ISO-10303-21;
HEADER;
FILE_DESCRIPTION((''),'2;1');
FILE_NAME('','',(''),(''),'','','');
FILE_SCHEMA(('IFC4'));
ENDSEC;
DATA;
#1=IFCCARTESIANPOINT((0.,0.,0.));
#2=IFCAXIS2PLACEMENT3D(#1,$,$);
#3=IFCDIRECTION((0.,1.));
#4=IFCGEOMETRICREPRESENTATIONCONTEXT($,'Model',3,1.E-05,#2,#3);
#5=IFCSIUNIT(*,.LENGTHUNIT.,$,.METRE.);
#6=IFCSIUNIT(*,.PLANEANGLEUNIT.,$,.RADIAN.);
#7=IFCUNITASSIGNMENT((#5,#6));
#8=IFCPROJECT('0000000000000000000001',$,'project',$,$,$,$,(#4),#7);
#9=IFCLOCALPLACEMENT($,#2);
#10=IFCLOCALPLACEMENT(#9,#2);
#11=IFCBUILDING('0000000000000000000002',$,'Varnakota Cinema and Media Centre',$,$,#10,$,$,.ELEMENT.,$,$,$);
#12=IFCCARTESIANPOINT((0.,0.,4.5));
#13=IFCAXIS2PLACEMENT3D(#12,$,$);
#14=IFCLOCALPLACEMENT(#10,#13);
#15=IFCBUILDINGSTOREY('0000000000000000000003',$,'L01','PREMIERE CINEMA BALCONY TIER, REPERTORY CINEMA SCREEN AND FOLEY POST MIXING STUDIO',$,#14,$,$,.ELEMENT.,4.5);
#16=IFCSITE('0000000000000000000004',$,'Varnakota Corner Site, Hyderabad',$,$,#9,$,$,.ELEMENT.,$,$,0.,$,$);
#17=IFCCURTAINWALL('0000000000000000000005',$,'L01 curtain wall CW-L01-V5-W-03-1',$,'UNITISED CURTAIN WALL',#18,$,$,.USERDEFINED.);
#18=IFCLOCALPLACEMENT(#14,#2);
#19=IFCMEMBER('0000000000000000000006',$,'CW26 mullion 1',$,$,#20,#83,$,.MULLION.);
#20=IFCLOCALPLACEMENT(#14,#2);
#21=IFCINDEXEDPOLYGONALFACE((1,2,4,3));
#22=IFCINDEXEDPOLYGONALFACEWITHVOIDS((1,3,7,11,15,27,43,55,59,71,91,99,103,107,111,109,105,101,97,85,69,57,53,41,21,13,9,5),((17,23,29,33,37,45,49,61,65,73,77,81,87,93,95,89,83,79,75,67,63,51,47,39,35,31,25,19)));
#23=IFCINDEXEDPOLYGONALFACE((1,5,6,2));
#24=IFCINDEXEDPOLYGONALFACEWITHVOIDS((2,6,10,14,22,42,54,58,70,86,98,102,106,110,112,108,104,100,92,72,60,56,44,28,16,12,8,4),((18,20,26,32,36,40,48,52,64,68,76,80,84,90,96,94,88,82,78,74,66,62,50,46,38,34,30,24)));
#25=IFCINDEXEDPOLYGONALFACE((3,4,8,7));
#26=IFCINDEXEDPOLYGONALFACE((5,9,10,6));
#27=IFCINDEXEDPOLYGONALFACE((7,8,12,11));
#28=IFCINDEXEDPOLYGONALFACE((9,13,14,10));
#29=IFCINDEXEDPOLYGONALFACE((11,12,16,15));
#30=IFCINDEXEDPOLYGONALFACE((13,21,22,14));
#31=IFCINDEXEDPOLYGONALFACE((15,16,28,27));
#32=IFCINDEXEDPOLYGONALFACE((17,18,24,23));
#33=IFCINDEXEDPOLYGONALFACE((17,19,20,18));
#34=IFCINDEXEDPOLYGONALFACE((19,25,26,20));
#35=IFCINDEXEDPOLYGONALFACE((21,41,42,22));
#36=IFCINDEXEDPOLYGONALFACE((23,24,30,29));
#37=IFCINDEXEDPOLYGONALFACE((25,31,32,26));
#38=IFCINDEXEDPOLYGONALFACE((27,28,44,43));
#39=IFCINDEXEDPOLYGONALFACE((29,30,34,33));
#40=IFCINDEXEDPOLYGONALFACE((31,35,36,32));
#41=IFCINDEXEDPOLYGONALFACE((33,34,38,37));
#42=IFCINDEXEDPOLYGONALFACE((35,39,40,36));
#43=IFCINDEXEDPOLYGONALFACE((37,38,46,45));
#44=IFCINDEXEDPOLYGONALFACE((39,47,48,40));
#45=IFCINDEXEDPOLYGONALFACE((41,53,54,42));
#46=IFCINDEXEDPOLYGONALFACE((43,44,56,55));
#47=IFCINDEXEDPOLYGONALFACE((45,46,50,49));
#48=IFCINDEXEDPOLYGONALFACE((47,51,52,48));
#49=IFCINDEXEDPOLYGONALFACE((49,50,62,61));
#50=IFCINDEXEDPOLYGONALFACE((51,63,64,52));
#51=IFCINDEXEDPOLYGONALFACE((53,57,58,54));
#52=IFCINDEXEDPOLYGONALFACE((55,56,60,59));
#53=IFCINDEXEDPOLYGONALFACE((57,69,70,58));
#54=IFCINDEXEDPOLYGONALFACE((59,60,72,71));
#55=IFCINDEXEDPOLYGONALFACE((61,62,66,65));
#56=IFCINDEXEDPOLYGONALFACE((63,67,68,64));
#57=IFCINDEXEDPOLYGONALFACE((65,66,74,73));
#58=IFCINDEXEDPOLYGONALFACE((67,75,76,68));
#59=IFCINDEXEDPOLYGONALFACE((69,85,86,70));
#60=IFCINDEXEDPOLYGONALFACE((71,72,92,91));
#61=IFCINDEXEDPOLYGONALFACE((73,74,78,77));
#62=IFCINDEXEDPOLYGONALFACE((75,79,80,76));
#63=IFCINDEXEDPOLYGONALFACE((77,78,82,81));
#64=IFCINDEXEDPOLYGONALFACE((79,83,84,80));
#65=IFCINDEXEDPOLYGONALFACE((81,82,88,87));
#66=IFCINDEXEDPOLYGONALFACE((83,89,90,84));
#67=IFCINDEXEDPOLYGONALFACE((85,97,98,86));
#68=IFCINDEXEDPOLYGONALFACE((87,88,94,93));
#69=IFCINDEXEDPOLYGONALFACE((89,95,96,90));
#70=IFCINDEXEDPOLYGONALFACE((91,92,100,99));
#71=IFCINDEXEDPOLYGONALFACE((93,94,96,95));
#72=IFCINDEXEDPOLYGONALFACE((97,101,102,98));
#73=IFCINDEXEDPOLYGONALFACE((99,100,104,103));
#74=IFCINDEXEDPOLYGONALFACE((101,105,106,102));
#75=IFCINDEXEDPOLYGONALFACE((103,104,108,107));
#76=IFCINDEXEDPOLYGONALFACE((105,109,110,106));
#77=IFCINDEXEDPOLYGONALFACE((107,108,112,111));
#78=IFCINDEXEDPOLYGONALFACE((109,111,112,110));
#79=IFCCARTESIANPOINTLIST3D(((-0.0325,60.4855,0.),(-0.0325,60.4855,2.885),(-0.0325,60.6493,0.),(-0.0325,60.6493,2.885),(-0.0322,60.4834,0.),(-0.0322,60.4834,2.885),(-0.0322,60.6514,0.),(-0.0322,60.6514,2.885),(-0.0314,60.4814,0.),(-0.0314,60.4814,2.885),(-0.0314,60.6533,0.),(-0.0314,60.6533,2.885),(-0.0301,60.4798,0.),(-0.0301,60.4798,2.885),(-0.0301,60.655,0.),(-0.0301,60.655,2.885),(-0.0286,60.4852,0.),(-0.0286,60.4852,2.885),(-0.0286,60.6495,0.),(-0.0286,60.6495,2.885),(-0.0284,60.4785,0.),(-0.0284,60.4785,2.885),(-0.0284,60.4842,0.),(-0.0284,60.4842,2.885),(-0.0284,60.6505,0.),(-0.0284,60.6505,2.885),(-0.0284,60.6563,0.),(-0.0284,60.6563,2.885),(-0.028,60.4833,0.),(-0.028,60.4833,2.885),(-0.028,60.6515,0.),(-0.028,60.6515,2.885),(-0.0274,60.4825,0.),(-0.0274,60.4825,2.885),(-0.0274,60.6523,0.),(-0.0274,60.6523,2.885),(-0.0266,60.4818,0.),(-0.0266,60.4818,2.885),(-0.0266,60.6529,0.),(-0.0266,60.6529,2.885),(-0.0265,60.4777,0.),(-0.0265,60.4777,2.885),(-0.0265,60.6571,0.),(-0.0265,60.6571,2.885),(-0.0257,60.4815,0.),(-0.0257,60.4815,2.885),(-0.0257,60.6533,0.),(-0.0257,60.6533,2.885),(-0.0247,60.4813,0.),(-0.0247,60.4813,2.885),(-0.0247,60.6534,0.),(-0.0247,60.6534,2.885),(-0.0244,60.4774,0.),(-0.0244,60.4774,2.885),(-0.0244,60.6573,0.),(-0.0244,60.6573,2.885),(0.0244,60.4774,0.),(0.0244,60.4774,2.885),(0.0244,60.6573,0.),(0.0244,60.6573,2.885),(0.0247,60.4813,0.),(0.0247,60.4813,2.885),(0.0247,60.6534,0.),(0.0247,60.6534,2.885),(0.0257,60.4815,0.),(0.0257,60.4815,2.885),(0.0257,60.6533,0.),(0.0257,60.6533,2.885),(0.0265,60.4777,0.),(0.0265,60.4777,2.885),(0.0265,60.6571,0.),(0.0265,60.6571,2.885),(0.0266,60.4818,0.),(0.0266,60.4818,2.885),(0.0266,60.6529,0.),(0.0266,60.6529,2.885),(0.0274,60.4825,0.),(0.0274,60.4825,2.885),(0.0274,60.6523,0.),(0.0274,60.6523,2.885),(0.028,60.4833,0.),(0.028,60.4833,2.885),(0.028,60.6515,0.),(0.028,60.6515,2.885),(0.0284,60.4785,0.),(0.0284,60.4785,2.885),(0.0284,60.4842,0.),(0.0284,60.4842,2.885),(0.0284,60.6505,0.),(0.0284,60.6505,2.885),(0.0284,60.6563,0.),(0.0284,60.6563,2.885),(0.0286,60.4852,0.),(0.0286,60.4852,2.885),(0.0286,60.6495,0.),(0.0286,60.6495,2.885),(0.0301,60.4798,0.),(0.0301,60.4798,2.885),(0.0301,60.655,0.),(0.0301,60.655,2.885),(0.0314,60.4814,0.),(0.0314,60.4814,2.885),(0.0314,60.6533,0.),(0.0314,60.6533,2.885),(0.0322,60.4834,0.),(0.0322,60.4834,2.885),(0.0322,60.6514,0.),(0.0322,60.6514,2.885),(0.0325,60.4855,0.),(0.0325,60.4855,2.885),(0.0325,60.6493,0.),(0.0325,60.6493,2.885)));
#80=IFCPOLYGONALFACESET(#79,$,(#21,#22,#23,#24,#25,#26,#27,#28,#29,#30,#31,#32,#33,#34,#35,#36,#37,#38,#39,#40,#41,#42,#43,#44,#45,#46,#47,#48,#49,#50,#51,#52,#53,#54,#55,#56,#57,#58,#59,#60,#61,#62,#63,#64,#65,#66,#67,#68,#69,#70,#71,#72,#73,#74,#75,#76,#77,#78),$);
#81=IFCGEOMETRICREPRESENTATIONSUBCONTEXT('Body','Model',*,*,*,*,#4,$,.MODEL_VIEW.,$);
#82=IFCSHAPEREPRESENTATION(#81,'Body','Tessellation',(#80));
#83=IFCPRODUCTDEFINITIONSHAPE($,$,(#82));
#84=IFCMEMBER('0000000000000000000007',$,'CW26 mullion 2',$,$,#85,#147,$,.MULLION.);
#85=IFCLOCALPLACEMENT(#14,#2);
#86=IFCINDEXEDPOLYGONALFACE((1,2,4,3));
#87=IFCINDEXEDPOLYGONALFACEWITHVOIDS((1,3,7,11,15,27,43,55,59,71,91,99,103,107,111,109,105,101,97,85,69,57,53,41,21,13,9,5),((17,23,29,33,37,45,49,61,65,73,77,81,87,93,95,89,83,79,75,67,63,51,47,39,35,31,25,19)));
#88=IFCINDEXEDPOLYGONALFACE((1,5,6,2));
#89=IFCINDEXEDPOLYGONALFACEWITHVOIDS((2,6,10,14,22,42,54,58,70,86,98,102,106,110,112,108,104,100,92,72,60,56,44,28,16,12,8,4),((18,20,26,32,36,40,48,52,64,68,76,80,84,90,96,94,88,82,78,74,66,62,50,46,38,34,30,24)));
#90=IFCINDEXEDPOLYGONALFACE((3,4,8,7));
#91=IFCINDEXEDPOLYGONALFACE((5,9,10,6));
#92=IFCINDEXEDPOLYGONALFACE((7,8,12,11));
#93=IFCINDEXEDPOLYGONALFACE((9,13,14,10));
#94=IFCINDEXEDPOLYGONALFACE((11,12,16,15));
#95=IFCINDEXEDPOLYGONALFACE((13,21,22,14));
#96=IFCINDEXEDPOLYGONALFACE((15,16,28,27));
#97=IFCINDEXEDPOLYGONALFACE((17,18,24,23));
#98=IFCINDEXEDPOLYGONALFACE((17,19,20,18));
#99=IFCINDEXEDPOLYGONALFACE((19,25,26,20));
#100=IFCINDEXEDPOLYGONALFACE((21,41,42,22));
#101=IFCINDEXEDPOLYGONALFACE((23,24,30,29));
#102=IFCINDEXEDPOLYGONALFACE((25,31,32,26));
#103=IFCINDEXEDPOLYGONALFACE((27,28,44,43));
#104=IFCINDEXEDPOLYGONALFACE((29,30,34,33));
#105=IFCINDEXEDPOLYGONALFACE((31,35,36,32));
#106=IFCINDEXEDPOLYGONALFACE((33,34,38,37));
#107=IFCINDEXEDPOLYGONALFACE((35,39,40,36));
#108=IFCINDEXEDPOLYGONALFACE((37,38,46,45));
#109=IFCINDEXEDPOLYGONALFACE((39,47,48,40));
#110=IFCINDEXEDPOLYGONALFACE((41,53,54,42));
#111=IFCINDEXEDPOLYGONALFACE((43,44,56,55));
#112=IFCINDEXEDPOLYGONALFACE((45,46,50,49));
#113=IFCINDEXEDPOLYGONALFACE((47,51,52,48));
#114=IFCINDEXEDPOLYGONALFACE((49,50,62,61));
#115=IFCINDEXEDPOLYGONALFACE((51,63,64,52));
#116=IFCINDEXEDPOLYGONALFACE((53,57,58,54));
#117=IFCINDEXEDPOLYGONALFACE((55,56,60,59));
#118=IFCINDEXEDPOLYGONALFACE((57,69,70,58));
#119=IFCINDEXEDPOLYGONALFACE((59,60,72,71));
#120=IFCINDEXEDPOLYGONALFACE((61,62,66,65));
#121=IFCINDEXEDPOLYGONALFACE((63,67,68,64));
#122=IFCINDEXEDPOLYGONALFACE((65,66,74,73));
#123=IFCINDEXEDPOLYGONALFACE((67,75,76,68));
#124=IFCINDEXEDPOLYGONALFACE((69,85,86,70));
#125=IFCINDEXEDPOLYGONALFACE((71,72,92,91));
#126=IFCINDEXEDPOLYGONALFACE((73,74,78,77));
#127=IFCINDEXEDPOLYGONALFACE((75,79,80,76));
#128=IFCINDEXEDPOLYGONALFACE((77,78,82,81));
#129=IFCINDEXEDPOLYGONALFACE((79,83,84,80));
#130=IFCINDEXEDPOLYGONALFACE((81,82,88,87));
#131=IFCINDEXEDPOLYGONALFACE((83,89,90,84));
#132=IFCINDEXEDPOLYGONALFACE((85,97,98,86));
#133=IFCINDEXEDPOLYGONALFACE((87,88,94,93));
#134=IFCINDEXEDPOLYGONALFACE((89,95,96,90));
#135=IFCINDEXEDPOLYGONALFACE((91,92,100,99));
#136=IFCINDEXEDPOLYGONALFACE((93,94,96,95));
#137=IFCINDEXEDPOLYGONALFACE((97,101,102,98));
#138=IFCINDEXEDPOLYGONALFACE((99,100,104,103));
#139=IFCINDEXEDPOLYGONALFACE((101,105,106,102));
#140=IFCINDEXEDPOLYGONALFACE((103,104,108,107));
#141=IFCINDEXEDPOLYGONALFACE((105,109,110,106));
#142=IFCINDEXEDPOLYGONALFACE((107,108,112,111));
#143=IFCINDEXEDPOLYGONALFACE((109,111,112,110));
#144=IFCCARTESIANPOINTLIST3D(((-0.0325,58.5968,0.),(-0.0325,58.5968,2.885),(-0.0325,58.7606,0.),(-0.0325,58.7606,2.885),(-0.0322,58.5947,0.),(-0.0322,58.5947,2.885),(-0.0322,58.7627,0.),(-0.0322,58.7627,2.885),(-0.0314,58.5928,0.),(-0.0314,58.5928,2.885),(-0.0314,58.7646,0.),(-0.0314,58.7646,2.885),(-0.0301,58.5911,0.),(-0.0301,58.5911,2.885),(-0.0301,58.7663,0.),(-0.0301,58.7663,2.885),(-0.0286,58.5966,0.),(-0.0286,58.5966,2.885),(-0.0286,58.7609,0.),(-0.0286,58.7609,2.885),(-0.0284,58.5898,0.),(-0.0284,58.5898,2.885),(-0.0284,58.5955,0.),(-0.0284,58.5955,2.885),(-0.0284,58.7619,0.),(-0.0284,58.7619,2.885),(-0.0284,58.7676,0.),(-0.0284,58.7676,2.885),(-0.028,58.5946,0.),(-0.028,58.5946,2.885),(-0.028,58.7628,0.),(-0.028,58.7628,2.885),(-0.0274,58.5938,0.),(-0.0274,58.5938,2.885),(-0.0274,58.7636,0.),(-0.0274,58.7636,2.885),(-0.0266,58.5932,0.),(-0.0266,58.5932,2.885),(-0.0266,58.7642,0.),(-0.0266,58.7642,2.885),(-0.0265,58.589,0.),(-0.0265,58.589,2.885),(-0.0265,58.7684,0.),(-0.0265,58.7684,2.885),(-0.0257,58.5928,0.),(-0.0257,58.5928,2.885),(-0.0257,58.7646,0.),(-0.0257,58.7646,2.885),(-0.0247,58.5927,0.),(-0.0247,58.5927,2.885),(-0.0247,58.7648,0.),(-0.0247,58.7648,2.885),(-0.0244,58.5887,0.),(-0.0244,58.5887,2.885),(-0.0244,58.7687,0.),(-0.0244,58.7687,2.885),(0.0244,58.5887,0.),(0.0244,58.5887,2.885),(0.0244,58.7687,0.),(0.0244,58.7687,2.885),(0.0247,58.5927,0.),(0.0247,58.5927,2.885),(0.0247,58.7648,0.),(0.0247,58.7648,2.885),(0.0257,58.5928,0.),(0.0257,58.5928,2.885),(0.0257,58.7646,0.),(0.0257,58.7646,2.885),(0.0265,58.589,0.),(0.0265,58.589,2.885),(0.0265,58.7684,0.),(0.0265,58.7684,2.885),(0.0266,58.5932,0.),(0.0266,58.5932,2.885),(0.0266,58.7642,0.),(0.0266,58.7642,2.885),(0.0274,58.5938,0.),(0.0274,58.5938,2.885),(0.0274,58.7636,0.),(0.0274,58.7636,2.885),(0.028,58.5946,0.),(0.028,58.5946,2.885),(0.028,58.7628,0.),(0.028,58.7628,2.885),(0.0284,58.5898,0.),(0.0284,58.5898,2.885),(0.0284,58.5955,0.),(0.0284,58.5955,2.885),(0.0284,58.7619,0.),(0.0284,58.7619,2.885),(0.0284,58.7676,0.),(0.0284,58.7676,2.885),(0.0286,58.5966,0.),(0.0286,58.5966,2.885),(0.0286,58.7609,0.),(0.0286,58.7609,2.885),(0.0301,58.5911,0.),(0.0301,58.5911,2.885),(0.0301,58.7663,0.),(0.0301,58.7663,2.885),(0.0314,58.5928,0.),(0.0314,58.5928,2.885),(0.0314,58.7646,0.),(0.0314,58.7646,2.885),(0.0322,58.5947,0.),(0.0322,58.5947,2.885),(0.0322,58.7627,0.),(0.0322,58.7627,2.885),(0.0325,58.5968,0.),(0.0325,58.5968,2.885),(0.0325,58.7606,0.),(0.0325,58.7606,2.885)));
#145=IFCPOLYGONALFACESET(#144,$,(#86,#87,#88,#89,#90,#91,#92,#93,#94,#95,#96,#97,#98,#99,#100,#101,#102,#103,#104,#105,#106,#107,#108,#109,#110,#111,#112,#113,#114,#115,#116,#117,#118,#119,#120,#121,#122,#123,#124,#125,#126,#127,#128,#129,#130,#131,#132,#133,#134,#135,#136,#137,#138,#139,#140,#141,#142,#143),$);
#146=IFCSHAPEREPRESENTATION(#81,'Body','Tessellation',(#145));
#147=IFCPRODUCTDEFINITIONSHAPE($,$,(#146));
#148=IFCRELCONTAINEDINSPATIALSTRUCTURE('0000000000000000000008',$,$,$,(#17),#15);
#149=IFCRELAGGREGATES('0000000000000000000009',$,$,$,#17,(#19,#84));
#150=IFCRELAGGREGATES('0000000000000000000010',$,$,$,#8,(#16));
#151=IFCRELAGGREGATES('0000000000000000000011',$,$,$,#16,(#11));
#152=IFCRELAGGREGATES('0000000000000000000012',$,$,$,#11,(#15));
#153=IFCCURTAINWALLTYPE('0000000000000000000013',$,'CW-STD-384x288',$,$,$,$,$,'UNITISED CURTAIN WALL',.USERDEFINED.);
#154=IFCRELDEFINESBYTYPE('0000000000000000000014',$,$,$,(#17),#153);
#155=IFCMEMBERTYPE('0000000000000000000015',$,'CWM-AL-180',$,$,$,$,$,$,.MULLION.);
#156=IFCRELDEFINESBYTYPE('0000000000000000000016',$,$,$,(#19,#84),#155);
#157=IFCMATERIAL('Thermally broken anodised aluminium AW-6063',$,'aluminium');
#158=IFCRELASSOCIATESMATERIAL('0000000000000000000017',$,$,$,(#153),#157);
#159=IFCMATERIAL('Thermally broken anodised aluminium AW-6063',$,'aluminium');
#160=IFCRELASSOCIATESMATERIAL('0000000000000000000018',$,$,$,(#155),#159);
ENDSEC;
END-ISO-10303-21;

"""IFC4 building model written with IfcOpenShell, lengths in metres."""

from ifc_helpers import new_model, si_unit, direction, frame, origin, origin_2d, place, context, subcontext, project, spatial, hollow_rectangle, extrude, material, material_profile, profile_set, type_object, element, aggregate, save


model = new_model("IFC4")

# Units and contexts
model_context = context("Model", 3, precision=1e-05, world=origin(), true_north=direction((0.0, 1.0)))
body_context = subcontext(model_context, "Body", "Model", "MODEL_VIEW")
ifc_project = project(units=[si_unit("LENGTHUNIT", "METRE"), si_unit("PLANEANGLEUNIT", "RADIAN")], contexts=[model_context])

# Site, building, storey
site_placement = place(None, origin())
site = spatial("IfcSite", under=ifc_project, at=site_placement, Name="Varnakota Corner Site, Hyderabad", CompositionType="ELEMENT", RefElevation=0.0)
building_placement = place(site_placement, origin())
building = spatial("IfcBuilding", under=site, at=building_placement, Name="Varnakota Cinema and Media Centre", CompositionType="ELEMENT")
storey_placement = place(building_placement, frame((0.0, 0.0, 4.5)))
storey = spatial("IfcBuildingStorey", under=building, at=storey_placement, Name="L01", Description="PREMIERE CINEMA BALCONY TIER, REPERTORY CINEMA SCREEN AND FOLEY POST MIXING STUDIO", CompositionType="ELEMENT", Elevation=4.5)

# Curtain wall, members
ifc_material_1 = material(Name="Thermally broken anodised aluminium AW-6063", Category="aluminium")
curtain_wall_type = type_object("IfcCurtainWallType", Name="CW-STD-384x288", ElementType="UNITISED CURTAIN WALL", PredefinedType="USERDEFINED", material=ifc_material_1)
ifc_material_2 = material(Name="Thermally broken anodised aluminium AW-6063", Category="aluminium")
ifc_material_profile_1 = material_profile(ifc_material_2, hollow_rectangle(XDim=0.0649, YDim=0.1799, WallThickness=0.0039, InnerFilletRadius=0.0039, OuterFilletRadius=0.0081, at=origin_2d()), Name="AL-MULLION 180x65x4")
ifc_profile_set_1 = profile_set([ifc_material_profile_1], Name="Thermally broken anodised aluminium AW-6063")
member_type_1 = type_object("IfcMemberType", Name="CWM-AL-180", PredefinedType="MULLION", material=ifc_profile_set_1)
curtain_wall_1_placement = place(storey_placement, origin())
curtain_wall_1 = element("IfcCurtainWall", 1, at=curtain_wall_1_placement, inside=storey, type_object=curtain_wall_type, Name="L01 curtain wall CW-L01-V5-W-03-1", ObjectType="UNITISED CURTAIN WALL", PredefinedType="USERDEFINED")
member_1_placement = place(storey_placement, frame((0.0, 60.5674, 0.0), z_axis=(0.0, 0.0, 1.0), x_axis=(1.0, 0.0, 0.0)))
member_1 = element("IfcMember", 2, at=member_1_placement, type_object=member_type_1, Name="CW26 mullion 1", PredefinedType="MULLION", context=body_context, shape_type="SweptSolid", body=[
    extrude(hollow_rectangle(XDim=0.0649, YDim=0.1799, WallThickness=0.0039, InnerFilletRadius=0.0039, OuterFilletRadius=0.0081, at=origin_2d()), origin(), (0.0, 0.0, 1.0), 2.885),
])
member_2_placement = place(storey_placement, frame((0.0, 58.6787, 0.0), z_axis=(0.0, 0.0, 1.0), x_axis=(1.0, 0.0, 0.0)))
member_2 = element("IfcMember", 3, at=member_2_placement, type_object=member_type_1, Name="CW26 mullion 2", PredefinedType="MULLION", context=body_context, shape_type="SweptSolid", body=[
    extrude(hollow_rectangle(XDim=0.0649, YDim=0.1799, WallThickness=0.0039, InnerFilletRadius=0.0039, OuterFilletRadius=0.0081, at=origin_2d()), origin(), (0.0, 0.0, 1.0), 2.885),
])

aggregate(curtain_wall_1, [member_1, member_2])

save(model, "model.ifc")
